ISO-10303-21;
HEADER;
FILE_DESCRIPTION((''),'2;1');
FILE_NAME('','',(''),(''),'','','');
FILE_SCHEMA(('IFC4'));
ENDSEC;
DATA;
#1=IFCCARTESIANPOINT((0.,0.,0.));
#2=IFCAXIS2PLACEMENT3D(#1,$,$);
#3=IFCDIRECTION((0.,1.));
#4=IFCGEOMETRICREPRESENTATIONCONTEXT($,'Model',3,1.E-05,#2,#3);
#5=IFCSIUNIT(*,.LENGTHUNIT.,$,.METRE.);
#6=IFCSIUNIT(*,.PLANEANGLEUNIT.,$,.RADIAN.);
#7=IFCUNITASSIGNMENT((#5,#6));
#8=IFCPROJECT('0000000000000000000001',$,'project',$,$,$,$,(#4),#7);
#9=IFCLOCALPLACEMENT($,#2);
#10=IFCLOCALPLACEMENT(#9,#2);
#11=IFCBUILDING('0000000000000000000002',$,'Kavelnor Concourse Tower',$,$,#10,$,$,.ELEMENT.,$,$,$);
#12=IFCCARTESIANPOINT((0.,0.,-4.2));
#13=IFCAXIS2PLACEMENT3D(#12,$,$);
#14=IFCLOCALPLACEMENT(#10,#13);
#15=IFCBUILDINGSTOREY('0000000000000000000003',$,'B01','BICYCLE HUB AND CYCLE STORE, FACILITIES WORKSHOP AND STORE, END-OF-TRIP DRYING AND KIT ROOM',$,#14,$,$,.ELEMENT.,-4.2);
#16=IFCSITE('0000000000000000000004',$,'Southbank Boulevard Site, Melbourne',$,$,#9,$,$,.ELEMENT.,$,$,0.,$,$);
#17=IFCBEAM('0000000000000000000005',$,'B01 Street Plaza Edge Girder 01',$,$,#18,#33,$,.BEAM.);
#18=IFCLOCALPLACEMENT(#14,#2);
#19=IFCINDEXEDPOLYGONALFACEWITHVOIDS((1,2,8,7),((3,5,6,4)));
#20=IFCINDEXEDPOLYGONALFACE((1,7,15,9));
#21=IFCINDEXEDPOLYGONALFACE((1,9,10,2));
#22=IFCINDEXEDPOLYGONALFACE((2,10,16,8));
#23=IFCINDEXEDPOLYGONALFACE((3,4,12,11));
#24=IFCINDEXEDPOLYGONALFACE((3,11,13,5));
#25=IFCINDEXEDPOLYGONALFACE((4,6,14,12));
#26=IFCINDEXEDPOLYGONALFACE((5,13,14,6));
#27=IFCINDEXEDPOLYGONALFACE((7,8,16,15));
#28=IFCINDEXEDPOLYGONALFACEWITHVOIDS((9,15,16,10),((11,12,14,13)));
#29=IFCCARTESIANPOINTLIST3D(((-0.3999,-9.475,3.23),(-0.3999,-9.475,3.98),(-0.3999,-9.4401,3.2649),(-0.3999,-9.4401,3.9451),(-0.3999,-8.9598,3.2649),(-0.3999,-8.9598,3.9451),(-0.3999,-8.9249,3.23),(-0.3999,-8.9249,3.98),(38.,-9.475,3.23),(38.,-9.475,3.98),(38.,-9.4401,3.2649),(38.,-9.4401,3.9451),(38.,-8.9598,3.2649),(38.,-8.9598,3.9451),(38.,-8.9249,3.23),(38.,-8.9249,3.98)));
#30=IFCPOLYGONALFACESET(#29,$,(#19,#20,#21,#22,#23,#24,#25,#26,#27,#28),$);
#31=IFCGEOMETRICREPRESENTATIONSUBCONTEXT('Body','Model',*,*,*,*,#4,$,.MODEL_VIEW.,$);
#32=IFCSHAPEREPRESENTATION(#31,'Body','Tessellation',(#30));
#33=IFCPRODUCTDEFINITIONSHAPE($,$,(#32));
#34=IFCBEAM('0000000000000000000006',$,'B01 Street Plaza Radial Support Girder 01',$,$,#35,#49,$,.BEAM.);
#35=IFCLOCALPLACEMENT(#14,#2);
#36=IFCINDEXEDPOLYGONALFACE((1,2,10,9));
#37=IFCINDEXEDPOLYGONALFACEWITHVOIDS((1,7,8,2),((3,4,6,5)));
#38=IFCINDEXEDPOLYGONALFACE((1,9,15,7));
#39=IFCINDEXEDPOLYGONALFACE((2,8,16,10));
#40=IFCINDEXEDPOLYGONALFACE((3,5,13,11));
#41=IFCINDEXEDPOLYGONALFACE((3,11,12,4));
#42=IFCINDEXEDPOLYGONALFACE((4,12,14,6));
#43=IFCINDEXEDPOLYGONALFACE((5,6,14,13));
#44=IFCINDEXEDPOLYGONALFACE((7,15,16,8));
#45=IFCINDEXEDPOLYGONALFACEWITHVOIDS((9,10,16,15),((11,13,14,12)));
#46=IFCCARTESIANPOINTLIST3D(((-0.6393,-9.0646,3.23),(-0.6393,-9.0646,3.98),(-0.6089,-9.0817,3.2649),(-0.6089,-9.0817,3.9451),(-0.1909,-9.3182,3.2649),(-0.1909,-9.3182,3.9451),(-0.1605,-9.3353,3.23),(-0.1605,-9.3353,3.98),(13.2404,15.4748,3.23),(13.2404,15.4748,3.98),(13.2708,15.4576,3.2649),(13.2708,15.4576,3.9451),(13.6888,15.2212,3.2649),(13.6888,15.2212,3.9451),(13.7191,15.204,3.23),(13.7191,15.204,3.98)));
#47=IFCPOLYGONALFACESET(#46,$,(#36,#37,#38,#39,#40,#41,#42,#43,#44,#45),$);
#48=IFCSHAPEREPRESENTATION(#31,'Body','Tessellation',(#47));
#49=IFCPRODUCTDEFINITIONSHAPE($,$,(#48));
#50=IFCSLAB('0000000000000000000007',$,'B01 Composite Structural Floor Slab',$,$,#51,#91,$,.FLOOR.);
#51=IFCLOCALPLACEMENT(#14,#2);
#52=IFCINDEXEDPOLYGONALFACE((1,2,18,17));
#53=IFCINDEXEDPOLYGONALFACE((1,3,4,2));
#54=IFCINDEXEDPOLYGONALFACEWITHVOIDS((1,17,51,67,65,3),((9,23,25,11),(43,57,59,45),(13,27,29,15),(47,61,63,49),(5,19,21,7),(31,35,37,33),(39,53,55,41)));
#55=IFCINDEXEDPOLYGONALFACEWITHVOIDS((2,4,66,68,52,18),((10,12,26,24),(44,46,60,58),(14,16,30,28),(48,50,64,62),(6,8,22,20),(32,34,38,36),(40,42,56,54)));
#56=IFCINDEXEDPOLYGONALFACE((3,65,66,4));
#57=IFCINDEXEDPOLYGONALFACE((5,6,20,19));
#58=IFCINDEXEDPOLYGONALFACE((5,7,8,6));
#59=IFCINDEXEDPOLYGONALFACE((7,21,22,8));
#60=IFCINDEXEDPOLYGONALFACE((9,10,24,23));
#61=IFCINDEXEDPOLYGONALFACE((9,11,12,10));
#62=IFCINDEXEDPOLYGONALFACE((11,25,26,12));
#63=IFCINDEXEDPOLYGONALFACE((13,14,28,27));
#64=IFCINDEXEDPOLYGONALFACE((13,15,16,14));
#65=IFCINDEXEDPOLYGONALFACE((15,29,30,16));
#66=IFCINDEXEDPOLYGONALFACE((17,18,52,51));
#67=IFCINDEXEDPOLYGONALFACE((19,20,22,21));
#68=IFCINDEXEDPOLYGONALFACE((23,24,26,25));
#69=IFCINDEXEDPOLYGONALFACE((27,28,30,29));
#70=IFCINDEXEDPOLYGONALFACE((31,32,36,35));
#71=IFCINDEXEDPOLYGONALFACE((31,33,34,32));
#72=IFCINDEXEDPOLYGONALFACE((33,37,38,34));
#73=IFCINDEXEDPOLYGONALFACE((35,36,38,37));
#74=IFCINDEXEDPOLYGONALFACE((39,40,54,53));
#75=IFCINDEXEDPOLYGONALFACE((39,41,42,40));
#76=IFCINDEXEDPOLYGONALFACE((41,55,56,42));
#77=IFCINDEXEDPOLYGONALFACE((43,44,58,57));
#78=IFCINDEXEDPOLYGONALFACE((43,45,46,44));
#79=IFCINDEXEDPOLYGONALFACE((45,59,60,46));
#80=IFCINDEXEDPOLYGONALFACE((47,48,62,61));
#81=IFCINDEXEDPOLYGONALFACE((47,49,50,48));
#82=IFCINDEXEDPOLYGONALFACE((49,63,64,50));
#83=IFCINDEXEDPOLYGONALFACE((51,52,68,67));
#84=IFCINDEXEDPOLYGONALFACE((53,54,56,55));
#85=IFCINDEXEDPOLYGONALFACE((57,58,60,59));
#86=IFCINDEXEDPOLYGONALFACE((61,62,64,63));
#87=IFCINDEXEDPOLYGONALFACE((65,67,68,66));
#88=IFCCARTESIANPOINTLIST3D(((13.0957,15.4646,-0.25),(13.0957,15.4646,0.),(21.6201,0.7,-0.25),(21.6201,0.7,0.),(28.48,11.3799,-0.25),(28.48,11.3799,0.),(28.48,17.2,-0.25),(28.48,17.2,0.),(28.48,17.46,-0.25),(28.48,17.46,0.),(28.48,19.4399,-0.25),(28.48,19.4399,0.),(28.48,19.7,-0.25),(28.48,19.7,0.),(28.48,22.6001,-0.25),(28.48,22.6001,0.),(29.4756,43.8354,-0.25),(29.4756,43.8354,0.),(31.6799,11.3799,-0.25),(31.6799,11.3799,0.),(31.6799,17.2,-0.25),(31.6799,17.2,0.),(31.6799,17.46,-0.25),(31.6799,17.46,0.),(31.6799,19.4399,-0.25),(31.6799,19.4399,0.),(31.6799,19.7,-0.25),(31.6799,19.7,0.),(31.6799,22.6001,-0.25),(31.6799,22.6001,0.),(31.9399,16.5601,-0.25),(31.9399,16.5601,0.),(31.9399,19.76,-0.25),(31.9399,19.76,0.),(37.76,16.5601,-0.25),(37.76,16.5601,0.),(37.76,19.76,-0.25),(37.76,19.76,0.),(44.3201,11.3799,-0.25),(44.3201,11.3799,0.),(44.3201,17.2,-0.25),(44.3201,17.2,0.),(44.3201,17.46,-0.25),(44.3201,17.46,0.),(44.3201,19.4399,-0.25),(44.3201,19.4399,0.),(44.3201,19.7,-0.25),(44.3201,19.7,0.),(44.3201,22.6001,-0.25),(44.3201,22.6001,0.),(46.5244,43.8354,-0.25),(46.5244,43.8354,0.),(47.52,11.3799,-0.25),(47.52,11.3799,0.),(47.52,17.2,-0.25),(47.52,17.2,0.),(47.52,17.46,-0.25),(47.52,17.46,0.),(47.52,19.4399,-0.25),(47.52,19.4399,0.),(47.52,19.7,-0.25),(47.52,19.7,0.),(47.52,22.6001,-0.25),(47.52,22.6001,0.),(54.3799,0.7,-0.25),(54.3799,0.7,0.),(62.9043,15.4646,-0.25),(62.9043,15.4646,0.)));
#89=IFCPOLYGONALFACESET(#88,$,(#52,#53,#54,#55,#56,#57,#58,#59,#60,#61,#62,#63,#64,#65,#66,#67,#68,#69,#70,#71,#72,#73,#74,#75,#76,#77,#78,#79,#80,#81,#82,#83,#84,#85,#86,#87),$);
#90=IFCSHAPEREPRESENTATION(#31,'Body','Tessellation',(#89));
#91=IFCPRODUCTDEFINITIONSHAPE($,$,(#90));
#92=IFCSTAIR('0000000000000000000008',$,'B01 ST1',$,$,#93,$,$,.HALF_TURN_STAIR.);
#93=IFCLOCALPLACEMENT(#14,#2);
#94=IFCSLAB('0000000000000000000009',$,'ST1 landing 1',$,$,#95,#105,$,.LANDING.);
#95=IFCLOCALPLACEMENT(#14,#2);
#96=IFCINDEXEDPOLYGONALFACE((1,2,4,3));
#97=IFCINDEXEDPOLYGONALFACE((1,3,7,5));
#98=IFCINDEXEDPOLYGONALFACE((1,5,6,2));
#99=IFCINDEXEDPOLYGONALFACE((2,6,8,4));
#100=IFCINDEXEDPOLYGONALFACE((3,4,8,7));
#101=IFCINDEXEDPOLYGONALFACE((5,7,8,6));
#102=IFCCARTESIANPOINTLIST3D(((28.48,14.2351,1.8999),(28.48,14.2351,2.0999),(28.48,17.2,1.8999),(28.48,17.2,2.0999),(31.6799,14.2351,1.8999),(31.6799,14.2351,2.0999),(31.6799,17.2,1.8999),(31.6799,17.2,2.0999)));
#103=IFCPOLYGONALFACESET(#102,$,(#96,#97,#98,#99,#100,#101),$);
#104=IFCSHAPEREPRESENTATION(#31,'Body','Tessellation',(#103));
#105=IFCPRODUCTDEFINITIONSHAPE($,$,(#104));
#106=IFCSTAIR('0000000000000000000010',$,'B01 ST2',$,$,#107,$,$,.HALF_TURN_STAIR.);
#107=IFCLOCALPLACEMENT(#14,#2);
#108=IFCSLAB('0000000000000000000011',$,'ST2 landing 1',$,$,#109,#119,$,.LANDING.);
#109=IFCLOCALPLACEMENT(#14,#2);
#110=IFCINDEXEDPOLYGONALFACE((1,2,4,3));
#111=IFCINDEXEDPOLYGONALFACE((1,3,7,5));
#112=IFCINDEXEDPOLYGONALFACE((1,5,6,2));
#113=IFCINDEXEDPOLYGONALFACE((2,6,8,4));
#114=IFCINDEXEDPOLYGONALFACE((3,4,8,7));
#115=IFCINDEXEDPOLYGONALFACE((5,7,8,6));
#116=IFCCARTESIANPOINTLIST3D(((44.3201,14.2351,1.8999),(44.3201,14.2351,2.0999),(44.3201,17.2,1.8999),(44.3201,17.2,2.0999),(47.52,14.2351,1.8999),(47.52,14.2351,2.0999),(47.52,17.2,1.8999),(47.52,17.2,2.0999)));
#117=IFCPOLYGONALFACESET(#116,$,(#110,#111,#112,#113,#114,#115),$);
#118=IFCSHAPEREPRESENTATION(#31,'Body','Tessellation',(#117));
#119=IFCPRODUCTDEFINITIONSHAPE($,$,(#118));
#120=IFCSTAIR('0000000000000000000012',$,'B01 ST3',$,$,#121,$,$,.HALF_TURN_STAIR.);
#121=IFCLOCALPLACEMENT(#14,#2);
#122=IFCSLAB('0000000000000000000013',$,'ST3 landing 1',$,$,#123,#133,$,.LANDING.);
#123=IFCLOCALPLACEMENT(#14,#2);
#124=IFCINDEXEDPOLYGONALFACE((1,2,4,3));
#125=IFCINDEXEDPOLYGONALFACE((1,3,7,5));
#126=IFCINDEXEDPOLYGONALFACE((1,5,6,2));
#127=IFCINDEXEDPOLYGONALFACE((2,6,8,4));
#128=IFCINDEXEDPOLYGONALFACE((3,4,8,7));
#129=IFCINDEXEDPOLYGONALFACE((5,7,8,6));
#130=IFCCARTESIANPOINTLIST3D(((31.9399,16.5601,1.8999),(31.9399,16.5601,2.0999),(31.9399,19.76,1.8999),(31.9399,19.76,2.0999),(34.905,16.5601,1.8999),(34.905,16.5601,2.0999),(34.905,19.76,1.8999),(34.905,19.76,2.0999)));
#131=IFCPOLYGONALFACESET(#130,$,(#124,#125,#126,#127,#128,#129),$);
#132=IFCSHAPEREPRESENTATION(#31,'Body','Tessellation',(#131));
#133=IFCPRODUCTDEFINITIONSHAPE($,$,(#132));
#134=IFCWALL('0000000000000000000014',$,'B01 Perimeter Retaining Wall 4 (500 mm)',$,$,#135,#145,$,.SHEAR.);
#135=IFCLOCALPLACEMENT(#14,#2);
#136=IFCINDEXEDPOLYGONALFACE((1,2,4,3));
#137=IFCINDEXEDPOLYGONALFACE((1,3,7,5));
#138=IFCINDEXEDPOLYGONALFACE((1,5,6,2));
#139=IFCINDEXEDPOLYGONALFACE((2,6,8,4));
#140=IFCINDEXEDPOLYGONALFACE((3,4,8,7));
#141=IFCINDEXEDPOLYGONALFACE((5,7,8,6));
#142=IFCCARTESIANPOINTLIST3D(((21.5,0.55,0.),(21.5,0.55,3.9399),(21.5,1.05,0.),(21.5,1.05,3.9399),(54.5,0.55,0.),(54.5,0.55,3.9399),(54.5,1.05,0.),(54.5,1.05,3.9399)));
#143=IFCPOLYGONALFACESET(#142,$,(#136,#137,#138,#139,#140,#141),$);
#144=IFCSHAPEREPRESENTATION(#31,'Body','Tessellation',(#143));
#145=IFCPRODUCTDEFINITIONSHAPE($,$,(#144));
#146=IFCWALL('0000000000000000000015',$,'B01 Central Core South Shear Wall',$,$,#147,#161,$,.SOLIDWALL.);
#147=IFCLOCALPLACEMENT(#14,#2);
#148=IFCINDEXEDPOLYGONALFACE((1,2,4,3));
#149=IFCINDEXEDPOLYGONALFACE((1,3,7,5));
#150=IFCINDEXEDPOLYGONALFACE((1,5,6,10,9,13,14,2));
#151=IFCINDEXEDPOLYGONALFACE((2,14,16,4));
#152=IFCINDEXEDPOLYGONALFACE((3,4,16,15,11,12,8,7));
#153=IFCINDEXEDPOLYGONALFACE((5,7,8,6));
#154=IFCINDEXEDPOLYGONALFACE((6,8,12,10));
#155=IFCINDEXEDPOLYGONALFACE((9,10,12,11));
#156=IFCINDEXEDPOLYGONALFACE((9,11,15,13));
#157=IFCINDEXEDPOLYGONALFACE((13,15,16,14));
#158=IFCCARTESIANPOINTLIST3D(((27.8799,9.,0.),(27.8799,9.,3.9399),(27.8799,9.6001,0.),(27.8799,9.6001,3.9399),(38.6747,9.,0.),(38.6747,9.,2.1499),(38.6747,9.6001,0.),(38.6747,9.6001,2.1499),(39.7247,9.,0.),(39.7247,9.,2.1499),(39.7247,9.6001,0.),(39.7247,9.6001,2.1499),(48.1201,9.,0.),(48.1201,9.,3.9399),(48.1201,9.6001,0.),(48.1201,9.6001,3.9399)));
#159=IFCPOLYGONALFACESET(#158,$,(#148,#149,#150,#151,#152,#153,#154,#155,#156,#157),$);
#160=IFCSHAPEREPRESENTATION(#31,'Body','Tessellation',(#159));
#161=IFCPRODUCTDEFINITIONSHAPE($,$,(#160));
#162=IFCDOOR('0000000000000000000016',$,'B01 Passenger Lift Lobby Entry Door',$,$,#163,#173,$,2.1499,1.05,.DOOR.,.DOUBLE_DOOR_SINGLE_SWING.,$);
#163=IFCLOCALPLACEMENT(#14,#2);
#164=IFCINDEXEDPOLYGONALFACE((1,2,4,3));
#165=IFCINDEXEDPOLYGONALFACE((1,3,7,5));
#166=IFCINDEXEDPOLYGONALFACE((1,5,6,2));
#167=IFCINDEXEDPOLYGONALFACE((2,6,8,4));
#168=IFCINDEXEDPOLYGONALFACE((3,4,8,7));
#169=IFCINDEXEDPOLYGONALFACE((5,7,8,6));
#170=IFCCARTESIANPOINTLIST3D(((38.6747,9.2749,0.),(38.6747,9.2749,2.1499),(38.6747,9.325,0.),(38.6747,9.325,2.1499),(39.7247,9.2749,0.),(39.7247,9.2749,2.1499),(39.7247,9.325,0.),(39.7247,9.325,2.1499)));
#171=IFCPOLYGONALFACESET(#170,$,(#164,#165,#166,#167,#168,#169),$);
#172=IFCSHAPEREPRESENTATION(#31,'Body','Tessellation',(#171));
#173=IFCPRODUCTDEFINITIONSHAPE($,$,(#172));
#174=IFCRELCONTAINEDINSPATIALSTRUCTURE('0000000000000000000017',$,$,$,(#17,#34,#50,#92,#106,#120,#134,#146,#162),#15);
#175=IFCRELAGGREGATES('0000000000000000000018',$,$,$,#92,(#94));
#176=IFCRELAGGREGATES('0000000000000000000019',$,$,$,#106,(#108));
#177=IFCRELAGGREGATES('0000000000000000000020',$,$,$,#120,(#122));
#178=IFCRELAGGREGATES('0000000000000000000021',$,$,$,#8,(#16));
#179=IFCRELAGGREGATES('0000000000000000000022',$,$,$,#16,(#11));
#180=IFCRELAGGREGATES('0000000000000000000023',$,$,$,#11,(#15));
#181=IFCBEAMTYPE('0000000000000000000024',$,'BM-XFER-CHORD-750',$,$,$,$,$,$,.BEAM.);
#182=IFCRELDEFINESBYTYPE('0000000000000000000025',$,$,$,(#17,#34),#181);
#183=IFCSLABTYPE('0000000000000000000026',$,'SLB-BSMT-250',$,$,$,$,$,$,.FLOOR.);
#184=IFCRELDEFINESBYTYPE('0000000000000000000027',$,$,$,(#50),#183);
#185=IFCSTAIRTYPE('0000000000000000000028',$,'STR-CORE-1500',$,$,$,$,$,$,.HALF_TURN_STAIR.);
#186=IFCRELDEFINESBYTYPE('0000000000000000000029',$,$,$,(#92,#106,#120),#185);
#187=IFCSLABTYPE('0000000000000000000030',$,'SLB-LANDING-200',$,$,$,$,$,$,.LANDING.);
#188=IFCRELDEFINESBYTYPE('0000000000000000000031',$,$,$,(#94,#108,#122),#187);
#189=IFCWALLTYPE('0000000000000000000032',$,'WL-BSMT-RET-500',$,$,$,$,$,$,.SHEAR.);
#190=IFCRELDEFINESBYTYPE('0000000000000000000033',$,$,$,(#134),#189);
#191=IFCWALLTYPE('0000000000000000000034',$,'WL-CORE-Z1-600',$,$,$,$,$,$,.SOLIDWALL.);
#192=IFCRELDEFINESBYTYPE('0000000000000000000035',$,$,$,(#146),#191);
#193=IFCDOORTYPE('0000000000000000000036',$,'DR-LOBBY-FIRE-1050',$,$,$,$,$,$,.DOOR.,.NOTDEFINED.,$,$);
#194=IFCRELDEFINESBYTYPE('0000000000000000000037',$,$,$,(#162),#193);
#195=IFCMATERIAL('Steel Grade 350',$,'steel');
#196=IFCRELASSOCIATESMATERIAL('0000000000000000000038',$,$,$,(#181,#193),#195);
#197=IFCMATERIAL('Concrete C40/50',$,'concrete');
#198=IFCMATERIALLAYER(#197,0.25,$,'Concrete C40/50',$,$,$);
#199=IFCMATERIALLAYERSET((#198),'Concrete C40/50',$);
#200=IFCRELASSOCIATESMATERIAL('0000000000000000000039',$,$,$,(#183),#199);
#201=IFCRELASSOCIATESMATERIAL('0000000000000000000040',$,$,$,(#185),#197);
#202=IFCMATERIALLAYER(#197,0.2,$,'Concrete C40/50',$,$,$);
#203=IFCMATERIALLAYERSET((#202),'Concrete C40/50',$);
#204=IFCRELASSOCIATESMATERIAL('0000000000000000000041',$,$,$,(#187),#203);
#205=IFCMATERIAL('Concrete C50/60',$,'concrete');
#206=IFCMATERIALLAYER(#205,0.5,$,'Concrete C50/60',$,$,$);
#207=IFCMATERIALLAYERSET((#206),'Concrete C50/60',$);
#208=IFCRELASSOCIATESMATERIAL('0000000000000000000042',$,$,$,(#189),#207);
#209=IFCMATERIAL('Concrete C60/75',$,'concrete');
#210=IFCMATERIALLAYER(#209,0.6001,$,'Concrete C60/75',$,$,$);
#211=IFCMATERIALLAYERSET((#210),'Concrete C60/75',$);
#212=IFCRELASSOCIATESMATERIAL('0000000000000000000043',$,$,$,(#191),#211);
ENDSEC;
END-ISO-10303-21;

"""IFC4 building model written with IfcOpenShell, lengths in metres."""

from ifc_helpers import new_model, si_unit, direction, frame, frame_2d, origin, origin_2d, place, context, subcontext, project, spatial, polyline, rectangle, hollow_rectangle, outline, extrude, material, layer, layer_set, material_profile, profile_set, type_object, element, fill, aggregate, save


model = new_model("IFC4")

# Units and contexts
model_context = context("Model", 3, precision=1e-05, world=origin(), true_north=direction((0.0, 1.0)))
body_context = subcontext(model_context, "Body", "Model", "MODEL_VIEW")
ifc_project = project(units=[si_unit("LENGTHUNIT", "METRE"), si_unit("PLANEANGLEUNIT", "RADIAN")], contexts=[model_context])

# Site, building, storey
site_placement = place(None, origin())
site = spatial("IfcSite", under=ifc_project, at=site_placement, Name="Southbank Boulevard Site, Melbourne", CompositionType="ELEMENT", RefElevation=0.0)
building_placement = place(site_placement, origin())
building = spatial("IfcBuilding", under=site, at=building_placement, Name="Kavelnor Concourse Tower", CompositionType="ELEMENT")
storey_placement = place(building_placement, frame((0.0, 0.0, -4.2)))
storey = spatial("IfcBuildingStorey", under=building, at=storey_placement, Name="B01", Description="BICYCLE HUB AND CYCLE STORE, FACILITIES WORKSHOP AND STORE, END-OF-TRIP DRYING AND KIT ROOM", CompositionType="ELEMENT", Elevation=-4.2)

# Shared definitions
ifc_material_1 = material(Name="Steel Grade 350", Category="steel")

# Beams
ifc_material_profile_1 = material_profile(ifc_material_1, hollow_rectangle(XDim=0.55, YDim=0.75, WallThickness=0.0349, at=origin_2d()), Name="RHS 750x550x35")
ifc_profile_set_1 = profile_set([ifc_material_profile_1], Name="Steel Grade 350")
beam_type_1 = type_object("IfcBeamType", Name="BM-XFER-CHORD-750", PredefinedType="BEAM", material=ifc_profile_set_1)
beam_1_placement = place(storey_placement, frame((-0.3999, -9.2, 3.605), z_axis=(1.0, 0.0, 0.0), x_axis=(0.0, 1.0, 0.0)))
element("IfcBeam", 1, at=beam_1_placement, inside=storey, type_object=beam_type_1, Name="B01 Street Plaza Edge Girder 01", PredefinedType="BEAM", context=body_context, shape_type="SweptSolid", body=[
    extrude(hollow_rectangle(XDim=0.55, YDim=0.75, WallThickness=0.0349, at=origin_2d()), origin(), (0.0, 0.0, 1.0), 38.3999),
])
beam_2_placement = place(storey_placement, frame((-0.3999, -9.2, 3.605), z_axis=(0.492315, 0.870417, 0.0), x_axis=(-0.870417, 0.492315, 0.0)))
element("IfcBeam", 2, at=beam_2_placement, inside=storey, type_object=beam_type_1, Name="B01 Street Plaza Radial Support Girder 01", PredefinedType="BEAM", context=body_context, shape_type="SweptSolid", body=[
    extrude(hollow_rectangle(XDim=0.55, YDim=0.75, WallThickness=0.0349, at=origin_2d()), origin(), (0.0, 0.0, 1.0), 28.1926),
])

# Slab
ifc_material_2 = material(Name="Concrete C40/50", Category="concrete")
ifc_layer_1 = layer(ifc_material_2, 0.25, Name="Concrete C40/50")
ifc_layer_set_1 = layer_set([ifc_layer_1], Name="Concrete C40/50")
slab_type_1 = type_object("IfcSlabType", Name="SLB-BSMT-250", PredefinedType="FLOOR", material=ifc_layer_set_1)
slab_1_placement = place(storey_placement, frame((0.0, 0.0, -0.25)))
element("IfcSlab", 3, at=slab_1_placement, inside=storey, type_object=slab_type_1, Name="B01 Composite Structural Floor Slab", PredefinedType="FLOOR", context=body_context, shape_type="SweptSolid", body=[
    extrude(outline(polyline([(46.5244, 43.8354), (29.4756, 43.8354), (13.0957, 15.4646), (21.6201, 0.7), (54.3799, 0.7), (62.9043, 15.4646), (46.5244, 43.8354)]), holes=[polyline([(28.48, 11.3799), (31.6799, 11.3799), (31.6799, 17.2), (28.48, 17.2), (28.48, 11.3799)]), polyline([(44.3201, 11.3799), (47.52, 11.3799), (47.52, 17.2), (44.3201, 17.2), (44.3201, 11.3799)]), polyline([(31.9399, 16.5601), (37.76, 16.5601), (37.76, 19.76), (31.9399, 19.76), (31.9399, 16.5601)]), polyline([(28.48, 19.7), (31.6799, 19.7), (31.6799, 22.6001), (28.48, 22.6001), (28.48, 19.7)]), polyline([(44.3201, 19.7), (47.52, 19.7), (47.52, 22.6001), (44.3201, 22.6001), (44.3201, 19.7)]), polyline([(28.48, 17.46), (31.6799, 17.46), (31.6799, 19.4399), (28.48, 19.4399), (28.48, 17.46)]), polyline([(44.3201, 17.46), (47.52, 17.46), (47.52, 19.4399), (44.3201, 19.4399), (44.3201, 17.46)])]), origin(), (0.0, 0.0, 1.0), 0.25),
])

# Stairs, slabs
stair_type = type_object("IfcStairType", Name="STR-CORE-1500", PredefinedType="HALF_TURN_STAIR", material=ifc_material_2)
stair_1_placement = place(storey_placement, origin())
stair_1 = element("IfcStair", 4, at=stair_1_placement, inside=storey, type_object=stair_type, Name="B01 ST1", PredefinedType="HALF_TURN_STAIR")
ifc_layer_2 = layer(ifc_material_2, 0.2, Name="Concrete C40/50")
ifc_layer_set_2 = layer_set([ifc_layer_2], Name="Concrete C40/50")
slab_type_2 = type_object("IfcSlabType", Name="SLB-LANDING-200", PredefinedType="LANDING", material=ifc_layer_set_2)
slab_2_placement = place(storey_placement, frame((0.0, 0.0, 1.8999)))
slab_2 = element("IfcSlab", 5, at=slab_2_placement, type_object=slab_type_2, Name="ST1 landing 1", PredefinedType="LANDING", context=body_context, shape_type="SweptSolid", body=[
    extrude(outline(polyline([(31.6799, 14.2351), (31.6799, 17.2), (28.48, 17.2), (28.48, 14.2351), (31.6799, 14.2351)])), origin(), (0.0, 0.0, 1.0), 0.2),
])
aggregate(stair_1, [slab_2])
stair_2_placement = place(storey_placement, origin())
stair_2 = element("IfcStair", 6, at=stair_2_placement, inside=storey, type_object=stair_type, Name="B01 ST2", PredefinedType="HALF_TURN_STAIR")
slab_3_placement = place(storey_placement, frame((0.0, 0.0, 1.8999)))
slab_3 = element("IfcSlab", 7, at=slab_3_placement, type_object=slab_type_2, Name="ST2 landing 1", PredefinedType="LANDING", context=body_context, shape_type="SweptSolid", body=[
    extrude(outline(polyline([(47.52, 14.2351), (47.52, 17.2), (44.3201, 17.2), (44.3201, 14.2351), (47.52, 14.2351)])), origin(), (0.0, 0.0, 1.0), 0.2),
])
aggregate(stair_2, [slab_3])
stair_3_placement = place(storey_placement, origin())
stair_3 = element("IfcStair", 8, at=stair_3_placement, inside=storey, type_object=stair_type, Name="B01 ST3", PredefinedType="HALF_TURN_STAIR")
slab_4_placement = place(storey_placement, frame((0.0, 0.0, 1.8999)))
slab_4 = element("IfcSlab", 9, at=slab_4_placement, type_object=slab_type_2, Name="ST3 landing 1", PredefinedType="LANDING", context=body_context, shape_type="SweptSolid", body=[
    extrude(outline(polyline([(34.905, 19.76), (31.9399, 19.76), (31.9399, 16.5601), (34.905, 16.5601), (34.905, 19.76)])), origin(), (0.0, 0.0, 1.0), 0.2),
])
aggregate(stair_3, [slab_4])

# Wall
ifc_material_3 = material(Name="Concrete C50/60", Category="concrete")
ifc_layer_3 = layer(ifc_material_3, 0.5, Name="Concrete C50/60")
ifc_layer_set_3 = layer_set([ifc_layer_3], Name="Concrete C50/60")
wall_type_1 = type_object("IfcWallType", Name="WL-BSMT-RET-500", PredefinedType="SHEAR", material=ifc_layer_set_3)
wall_1_placement = place(storey_placement, frame((21.5, 0.8, 0.0), z_axis=(0.0, 0.0, 1.0), x_axis=(1.0, 0.0, 0.0)))
element("IfcWall", 10, at=wall_1_placement, inside=storey, type_object=wall_type_1, Name="B01 Perimeter Retaining Wall 4 (500 mm)", PredefinedType="SHEAR", context=body_context, shape_type="SweptSolid", body=[
    extrude(rectangle(XDim=33.0, YDim=0.5, at=frame_2d((16.5, 0.0))), origin(), (0.0, 0.0, 1.0), 3.9399),
])

# Wall, opening, door
ifc_material_4 = material(Name="Concrete C60/75", Category="concrete")
ifc_layer_4 = layer(ifc_material_4, 0.6001, Name="Concrete C60/75")
ifc_layer_set_4 = layer_set([ifc_layer_4], Name="Concrete C60/75")
wall_type_2 = type_object("IfcWallType", Name="WL-CORE-Z1-600", PredefinedType="SOLIDWALL", material=ifc_layer_set_4)
wall_2_placement = place(storey_placement, frame((27.8799, 9.3, 0.0), z_axis=(0.0, 0.0, 1.0), x_axis=(1.0, 0.0, 0.0)))
wall_2 = element("IfcWall", 11, at=wall_2_placement, inside=storey, type_object=wall_type_2, Name="B01 Central Core South Shear Wall", PredefinedType="SOLIDWALL", context=body_context, shape_type="SweptSolid", body=[
    extrude(rectangle(XDim=20.2402, YDim=0.6001, at=frame_2d((10.1201, 0.0))), origin(), (0.0, 0.0, 1.0), 3.9399),
])
opening_1_placement = place(wall_2_placement, frame((10.7949, 0.0, 0.0)))
opening_1 = element("IfcOpeningElement", 12, at=opening_1_placement, cuts=wall_2, PredefinedType="OPENING", context=body_context, shape_type="SweptSolid", body=[
    extrude(rectangle(XDim=1.05, YDim=2.1499, at=frame_2d((0.5249, 1.075))), frame((0.0, 0.3101, 0.0), z_axis=(0.0, -1.0, 0.0), x_axis=(1.0, 0.0, 0.0)), (0.0, 0.0, 1.0), 0.6201),
])
door_type_1 = type_object("IfcDoorType", Name="DR-LOBBY-FIRE-1050", OperationType="NOTDEFINED", PredefinedType="DOOR", material=ifc_material_1)
door_1_placement = place(opening_1_placement, origin())
door_1 = element("IfcDoor", 13, at=door_1_placement, inside=storey, type_object=door_type_1, Name="B01 Passenger Lift Lobby Entry Door", OperationType="DOUBLE_DOOR_SINGLE_SWING", OverallHeight=2.1499, OverallWidth=1.05, PredefinedType="DOOR", context=body_context, shape_type="SweptSolid", body=[
    extrude(rectangle(XDim=1.05, YDim=2.1499, at=frame_2d((0.5249, 1.075))), frame((0.0, 0.0249, 0.0), z_axis=(0.0, -1.0, 0.0), x_axis=(1.0, 0.0, 0.0)), (0.0, 0.0, 1.0), 0.05),
])
fill(opening_1, door_1)

save(model, "model.ifc")
